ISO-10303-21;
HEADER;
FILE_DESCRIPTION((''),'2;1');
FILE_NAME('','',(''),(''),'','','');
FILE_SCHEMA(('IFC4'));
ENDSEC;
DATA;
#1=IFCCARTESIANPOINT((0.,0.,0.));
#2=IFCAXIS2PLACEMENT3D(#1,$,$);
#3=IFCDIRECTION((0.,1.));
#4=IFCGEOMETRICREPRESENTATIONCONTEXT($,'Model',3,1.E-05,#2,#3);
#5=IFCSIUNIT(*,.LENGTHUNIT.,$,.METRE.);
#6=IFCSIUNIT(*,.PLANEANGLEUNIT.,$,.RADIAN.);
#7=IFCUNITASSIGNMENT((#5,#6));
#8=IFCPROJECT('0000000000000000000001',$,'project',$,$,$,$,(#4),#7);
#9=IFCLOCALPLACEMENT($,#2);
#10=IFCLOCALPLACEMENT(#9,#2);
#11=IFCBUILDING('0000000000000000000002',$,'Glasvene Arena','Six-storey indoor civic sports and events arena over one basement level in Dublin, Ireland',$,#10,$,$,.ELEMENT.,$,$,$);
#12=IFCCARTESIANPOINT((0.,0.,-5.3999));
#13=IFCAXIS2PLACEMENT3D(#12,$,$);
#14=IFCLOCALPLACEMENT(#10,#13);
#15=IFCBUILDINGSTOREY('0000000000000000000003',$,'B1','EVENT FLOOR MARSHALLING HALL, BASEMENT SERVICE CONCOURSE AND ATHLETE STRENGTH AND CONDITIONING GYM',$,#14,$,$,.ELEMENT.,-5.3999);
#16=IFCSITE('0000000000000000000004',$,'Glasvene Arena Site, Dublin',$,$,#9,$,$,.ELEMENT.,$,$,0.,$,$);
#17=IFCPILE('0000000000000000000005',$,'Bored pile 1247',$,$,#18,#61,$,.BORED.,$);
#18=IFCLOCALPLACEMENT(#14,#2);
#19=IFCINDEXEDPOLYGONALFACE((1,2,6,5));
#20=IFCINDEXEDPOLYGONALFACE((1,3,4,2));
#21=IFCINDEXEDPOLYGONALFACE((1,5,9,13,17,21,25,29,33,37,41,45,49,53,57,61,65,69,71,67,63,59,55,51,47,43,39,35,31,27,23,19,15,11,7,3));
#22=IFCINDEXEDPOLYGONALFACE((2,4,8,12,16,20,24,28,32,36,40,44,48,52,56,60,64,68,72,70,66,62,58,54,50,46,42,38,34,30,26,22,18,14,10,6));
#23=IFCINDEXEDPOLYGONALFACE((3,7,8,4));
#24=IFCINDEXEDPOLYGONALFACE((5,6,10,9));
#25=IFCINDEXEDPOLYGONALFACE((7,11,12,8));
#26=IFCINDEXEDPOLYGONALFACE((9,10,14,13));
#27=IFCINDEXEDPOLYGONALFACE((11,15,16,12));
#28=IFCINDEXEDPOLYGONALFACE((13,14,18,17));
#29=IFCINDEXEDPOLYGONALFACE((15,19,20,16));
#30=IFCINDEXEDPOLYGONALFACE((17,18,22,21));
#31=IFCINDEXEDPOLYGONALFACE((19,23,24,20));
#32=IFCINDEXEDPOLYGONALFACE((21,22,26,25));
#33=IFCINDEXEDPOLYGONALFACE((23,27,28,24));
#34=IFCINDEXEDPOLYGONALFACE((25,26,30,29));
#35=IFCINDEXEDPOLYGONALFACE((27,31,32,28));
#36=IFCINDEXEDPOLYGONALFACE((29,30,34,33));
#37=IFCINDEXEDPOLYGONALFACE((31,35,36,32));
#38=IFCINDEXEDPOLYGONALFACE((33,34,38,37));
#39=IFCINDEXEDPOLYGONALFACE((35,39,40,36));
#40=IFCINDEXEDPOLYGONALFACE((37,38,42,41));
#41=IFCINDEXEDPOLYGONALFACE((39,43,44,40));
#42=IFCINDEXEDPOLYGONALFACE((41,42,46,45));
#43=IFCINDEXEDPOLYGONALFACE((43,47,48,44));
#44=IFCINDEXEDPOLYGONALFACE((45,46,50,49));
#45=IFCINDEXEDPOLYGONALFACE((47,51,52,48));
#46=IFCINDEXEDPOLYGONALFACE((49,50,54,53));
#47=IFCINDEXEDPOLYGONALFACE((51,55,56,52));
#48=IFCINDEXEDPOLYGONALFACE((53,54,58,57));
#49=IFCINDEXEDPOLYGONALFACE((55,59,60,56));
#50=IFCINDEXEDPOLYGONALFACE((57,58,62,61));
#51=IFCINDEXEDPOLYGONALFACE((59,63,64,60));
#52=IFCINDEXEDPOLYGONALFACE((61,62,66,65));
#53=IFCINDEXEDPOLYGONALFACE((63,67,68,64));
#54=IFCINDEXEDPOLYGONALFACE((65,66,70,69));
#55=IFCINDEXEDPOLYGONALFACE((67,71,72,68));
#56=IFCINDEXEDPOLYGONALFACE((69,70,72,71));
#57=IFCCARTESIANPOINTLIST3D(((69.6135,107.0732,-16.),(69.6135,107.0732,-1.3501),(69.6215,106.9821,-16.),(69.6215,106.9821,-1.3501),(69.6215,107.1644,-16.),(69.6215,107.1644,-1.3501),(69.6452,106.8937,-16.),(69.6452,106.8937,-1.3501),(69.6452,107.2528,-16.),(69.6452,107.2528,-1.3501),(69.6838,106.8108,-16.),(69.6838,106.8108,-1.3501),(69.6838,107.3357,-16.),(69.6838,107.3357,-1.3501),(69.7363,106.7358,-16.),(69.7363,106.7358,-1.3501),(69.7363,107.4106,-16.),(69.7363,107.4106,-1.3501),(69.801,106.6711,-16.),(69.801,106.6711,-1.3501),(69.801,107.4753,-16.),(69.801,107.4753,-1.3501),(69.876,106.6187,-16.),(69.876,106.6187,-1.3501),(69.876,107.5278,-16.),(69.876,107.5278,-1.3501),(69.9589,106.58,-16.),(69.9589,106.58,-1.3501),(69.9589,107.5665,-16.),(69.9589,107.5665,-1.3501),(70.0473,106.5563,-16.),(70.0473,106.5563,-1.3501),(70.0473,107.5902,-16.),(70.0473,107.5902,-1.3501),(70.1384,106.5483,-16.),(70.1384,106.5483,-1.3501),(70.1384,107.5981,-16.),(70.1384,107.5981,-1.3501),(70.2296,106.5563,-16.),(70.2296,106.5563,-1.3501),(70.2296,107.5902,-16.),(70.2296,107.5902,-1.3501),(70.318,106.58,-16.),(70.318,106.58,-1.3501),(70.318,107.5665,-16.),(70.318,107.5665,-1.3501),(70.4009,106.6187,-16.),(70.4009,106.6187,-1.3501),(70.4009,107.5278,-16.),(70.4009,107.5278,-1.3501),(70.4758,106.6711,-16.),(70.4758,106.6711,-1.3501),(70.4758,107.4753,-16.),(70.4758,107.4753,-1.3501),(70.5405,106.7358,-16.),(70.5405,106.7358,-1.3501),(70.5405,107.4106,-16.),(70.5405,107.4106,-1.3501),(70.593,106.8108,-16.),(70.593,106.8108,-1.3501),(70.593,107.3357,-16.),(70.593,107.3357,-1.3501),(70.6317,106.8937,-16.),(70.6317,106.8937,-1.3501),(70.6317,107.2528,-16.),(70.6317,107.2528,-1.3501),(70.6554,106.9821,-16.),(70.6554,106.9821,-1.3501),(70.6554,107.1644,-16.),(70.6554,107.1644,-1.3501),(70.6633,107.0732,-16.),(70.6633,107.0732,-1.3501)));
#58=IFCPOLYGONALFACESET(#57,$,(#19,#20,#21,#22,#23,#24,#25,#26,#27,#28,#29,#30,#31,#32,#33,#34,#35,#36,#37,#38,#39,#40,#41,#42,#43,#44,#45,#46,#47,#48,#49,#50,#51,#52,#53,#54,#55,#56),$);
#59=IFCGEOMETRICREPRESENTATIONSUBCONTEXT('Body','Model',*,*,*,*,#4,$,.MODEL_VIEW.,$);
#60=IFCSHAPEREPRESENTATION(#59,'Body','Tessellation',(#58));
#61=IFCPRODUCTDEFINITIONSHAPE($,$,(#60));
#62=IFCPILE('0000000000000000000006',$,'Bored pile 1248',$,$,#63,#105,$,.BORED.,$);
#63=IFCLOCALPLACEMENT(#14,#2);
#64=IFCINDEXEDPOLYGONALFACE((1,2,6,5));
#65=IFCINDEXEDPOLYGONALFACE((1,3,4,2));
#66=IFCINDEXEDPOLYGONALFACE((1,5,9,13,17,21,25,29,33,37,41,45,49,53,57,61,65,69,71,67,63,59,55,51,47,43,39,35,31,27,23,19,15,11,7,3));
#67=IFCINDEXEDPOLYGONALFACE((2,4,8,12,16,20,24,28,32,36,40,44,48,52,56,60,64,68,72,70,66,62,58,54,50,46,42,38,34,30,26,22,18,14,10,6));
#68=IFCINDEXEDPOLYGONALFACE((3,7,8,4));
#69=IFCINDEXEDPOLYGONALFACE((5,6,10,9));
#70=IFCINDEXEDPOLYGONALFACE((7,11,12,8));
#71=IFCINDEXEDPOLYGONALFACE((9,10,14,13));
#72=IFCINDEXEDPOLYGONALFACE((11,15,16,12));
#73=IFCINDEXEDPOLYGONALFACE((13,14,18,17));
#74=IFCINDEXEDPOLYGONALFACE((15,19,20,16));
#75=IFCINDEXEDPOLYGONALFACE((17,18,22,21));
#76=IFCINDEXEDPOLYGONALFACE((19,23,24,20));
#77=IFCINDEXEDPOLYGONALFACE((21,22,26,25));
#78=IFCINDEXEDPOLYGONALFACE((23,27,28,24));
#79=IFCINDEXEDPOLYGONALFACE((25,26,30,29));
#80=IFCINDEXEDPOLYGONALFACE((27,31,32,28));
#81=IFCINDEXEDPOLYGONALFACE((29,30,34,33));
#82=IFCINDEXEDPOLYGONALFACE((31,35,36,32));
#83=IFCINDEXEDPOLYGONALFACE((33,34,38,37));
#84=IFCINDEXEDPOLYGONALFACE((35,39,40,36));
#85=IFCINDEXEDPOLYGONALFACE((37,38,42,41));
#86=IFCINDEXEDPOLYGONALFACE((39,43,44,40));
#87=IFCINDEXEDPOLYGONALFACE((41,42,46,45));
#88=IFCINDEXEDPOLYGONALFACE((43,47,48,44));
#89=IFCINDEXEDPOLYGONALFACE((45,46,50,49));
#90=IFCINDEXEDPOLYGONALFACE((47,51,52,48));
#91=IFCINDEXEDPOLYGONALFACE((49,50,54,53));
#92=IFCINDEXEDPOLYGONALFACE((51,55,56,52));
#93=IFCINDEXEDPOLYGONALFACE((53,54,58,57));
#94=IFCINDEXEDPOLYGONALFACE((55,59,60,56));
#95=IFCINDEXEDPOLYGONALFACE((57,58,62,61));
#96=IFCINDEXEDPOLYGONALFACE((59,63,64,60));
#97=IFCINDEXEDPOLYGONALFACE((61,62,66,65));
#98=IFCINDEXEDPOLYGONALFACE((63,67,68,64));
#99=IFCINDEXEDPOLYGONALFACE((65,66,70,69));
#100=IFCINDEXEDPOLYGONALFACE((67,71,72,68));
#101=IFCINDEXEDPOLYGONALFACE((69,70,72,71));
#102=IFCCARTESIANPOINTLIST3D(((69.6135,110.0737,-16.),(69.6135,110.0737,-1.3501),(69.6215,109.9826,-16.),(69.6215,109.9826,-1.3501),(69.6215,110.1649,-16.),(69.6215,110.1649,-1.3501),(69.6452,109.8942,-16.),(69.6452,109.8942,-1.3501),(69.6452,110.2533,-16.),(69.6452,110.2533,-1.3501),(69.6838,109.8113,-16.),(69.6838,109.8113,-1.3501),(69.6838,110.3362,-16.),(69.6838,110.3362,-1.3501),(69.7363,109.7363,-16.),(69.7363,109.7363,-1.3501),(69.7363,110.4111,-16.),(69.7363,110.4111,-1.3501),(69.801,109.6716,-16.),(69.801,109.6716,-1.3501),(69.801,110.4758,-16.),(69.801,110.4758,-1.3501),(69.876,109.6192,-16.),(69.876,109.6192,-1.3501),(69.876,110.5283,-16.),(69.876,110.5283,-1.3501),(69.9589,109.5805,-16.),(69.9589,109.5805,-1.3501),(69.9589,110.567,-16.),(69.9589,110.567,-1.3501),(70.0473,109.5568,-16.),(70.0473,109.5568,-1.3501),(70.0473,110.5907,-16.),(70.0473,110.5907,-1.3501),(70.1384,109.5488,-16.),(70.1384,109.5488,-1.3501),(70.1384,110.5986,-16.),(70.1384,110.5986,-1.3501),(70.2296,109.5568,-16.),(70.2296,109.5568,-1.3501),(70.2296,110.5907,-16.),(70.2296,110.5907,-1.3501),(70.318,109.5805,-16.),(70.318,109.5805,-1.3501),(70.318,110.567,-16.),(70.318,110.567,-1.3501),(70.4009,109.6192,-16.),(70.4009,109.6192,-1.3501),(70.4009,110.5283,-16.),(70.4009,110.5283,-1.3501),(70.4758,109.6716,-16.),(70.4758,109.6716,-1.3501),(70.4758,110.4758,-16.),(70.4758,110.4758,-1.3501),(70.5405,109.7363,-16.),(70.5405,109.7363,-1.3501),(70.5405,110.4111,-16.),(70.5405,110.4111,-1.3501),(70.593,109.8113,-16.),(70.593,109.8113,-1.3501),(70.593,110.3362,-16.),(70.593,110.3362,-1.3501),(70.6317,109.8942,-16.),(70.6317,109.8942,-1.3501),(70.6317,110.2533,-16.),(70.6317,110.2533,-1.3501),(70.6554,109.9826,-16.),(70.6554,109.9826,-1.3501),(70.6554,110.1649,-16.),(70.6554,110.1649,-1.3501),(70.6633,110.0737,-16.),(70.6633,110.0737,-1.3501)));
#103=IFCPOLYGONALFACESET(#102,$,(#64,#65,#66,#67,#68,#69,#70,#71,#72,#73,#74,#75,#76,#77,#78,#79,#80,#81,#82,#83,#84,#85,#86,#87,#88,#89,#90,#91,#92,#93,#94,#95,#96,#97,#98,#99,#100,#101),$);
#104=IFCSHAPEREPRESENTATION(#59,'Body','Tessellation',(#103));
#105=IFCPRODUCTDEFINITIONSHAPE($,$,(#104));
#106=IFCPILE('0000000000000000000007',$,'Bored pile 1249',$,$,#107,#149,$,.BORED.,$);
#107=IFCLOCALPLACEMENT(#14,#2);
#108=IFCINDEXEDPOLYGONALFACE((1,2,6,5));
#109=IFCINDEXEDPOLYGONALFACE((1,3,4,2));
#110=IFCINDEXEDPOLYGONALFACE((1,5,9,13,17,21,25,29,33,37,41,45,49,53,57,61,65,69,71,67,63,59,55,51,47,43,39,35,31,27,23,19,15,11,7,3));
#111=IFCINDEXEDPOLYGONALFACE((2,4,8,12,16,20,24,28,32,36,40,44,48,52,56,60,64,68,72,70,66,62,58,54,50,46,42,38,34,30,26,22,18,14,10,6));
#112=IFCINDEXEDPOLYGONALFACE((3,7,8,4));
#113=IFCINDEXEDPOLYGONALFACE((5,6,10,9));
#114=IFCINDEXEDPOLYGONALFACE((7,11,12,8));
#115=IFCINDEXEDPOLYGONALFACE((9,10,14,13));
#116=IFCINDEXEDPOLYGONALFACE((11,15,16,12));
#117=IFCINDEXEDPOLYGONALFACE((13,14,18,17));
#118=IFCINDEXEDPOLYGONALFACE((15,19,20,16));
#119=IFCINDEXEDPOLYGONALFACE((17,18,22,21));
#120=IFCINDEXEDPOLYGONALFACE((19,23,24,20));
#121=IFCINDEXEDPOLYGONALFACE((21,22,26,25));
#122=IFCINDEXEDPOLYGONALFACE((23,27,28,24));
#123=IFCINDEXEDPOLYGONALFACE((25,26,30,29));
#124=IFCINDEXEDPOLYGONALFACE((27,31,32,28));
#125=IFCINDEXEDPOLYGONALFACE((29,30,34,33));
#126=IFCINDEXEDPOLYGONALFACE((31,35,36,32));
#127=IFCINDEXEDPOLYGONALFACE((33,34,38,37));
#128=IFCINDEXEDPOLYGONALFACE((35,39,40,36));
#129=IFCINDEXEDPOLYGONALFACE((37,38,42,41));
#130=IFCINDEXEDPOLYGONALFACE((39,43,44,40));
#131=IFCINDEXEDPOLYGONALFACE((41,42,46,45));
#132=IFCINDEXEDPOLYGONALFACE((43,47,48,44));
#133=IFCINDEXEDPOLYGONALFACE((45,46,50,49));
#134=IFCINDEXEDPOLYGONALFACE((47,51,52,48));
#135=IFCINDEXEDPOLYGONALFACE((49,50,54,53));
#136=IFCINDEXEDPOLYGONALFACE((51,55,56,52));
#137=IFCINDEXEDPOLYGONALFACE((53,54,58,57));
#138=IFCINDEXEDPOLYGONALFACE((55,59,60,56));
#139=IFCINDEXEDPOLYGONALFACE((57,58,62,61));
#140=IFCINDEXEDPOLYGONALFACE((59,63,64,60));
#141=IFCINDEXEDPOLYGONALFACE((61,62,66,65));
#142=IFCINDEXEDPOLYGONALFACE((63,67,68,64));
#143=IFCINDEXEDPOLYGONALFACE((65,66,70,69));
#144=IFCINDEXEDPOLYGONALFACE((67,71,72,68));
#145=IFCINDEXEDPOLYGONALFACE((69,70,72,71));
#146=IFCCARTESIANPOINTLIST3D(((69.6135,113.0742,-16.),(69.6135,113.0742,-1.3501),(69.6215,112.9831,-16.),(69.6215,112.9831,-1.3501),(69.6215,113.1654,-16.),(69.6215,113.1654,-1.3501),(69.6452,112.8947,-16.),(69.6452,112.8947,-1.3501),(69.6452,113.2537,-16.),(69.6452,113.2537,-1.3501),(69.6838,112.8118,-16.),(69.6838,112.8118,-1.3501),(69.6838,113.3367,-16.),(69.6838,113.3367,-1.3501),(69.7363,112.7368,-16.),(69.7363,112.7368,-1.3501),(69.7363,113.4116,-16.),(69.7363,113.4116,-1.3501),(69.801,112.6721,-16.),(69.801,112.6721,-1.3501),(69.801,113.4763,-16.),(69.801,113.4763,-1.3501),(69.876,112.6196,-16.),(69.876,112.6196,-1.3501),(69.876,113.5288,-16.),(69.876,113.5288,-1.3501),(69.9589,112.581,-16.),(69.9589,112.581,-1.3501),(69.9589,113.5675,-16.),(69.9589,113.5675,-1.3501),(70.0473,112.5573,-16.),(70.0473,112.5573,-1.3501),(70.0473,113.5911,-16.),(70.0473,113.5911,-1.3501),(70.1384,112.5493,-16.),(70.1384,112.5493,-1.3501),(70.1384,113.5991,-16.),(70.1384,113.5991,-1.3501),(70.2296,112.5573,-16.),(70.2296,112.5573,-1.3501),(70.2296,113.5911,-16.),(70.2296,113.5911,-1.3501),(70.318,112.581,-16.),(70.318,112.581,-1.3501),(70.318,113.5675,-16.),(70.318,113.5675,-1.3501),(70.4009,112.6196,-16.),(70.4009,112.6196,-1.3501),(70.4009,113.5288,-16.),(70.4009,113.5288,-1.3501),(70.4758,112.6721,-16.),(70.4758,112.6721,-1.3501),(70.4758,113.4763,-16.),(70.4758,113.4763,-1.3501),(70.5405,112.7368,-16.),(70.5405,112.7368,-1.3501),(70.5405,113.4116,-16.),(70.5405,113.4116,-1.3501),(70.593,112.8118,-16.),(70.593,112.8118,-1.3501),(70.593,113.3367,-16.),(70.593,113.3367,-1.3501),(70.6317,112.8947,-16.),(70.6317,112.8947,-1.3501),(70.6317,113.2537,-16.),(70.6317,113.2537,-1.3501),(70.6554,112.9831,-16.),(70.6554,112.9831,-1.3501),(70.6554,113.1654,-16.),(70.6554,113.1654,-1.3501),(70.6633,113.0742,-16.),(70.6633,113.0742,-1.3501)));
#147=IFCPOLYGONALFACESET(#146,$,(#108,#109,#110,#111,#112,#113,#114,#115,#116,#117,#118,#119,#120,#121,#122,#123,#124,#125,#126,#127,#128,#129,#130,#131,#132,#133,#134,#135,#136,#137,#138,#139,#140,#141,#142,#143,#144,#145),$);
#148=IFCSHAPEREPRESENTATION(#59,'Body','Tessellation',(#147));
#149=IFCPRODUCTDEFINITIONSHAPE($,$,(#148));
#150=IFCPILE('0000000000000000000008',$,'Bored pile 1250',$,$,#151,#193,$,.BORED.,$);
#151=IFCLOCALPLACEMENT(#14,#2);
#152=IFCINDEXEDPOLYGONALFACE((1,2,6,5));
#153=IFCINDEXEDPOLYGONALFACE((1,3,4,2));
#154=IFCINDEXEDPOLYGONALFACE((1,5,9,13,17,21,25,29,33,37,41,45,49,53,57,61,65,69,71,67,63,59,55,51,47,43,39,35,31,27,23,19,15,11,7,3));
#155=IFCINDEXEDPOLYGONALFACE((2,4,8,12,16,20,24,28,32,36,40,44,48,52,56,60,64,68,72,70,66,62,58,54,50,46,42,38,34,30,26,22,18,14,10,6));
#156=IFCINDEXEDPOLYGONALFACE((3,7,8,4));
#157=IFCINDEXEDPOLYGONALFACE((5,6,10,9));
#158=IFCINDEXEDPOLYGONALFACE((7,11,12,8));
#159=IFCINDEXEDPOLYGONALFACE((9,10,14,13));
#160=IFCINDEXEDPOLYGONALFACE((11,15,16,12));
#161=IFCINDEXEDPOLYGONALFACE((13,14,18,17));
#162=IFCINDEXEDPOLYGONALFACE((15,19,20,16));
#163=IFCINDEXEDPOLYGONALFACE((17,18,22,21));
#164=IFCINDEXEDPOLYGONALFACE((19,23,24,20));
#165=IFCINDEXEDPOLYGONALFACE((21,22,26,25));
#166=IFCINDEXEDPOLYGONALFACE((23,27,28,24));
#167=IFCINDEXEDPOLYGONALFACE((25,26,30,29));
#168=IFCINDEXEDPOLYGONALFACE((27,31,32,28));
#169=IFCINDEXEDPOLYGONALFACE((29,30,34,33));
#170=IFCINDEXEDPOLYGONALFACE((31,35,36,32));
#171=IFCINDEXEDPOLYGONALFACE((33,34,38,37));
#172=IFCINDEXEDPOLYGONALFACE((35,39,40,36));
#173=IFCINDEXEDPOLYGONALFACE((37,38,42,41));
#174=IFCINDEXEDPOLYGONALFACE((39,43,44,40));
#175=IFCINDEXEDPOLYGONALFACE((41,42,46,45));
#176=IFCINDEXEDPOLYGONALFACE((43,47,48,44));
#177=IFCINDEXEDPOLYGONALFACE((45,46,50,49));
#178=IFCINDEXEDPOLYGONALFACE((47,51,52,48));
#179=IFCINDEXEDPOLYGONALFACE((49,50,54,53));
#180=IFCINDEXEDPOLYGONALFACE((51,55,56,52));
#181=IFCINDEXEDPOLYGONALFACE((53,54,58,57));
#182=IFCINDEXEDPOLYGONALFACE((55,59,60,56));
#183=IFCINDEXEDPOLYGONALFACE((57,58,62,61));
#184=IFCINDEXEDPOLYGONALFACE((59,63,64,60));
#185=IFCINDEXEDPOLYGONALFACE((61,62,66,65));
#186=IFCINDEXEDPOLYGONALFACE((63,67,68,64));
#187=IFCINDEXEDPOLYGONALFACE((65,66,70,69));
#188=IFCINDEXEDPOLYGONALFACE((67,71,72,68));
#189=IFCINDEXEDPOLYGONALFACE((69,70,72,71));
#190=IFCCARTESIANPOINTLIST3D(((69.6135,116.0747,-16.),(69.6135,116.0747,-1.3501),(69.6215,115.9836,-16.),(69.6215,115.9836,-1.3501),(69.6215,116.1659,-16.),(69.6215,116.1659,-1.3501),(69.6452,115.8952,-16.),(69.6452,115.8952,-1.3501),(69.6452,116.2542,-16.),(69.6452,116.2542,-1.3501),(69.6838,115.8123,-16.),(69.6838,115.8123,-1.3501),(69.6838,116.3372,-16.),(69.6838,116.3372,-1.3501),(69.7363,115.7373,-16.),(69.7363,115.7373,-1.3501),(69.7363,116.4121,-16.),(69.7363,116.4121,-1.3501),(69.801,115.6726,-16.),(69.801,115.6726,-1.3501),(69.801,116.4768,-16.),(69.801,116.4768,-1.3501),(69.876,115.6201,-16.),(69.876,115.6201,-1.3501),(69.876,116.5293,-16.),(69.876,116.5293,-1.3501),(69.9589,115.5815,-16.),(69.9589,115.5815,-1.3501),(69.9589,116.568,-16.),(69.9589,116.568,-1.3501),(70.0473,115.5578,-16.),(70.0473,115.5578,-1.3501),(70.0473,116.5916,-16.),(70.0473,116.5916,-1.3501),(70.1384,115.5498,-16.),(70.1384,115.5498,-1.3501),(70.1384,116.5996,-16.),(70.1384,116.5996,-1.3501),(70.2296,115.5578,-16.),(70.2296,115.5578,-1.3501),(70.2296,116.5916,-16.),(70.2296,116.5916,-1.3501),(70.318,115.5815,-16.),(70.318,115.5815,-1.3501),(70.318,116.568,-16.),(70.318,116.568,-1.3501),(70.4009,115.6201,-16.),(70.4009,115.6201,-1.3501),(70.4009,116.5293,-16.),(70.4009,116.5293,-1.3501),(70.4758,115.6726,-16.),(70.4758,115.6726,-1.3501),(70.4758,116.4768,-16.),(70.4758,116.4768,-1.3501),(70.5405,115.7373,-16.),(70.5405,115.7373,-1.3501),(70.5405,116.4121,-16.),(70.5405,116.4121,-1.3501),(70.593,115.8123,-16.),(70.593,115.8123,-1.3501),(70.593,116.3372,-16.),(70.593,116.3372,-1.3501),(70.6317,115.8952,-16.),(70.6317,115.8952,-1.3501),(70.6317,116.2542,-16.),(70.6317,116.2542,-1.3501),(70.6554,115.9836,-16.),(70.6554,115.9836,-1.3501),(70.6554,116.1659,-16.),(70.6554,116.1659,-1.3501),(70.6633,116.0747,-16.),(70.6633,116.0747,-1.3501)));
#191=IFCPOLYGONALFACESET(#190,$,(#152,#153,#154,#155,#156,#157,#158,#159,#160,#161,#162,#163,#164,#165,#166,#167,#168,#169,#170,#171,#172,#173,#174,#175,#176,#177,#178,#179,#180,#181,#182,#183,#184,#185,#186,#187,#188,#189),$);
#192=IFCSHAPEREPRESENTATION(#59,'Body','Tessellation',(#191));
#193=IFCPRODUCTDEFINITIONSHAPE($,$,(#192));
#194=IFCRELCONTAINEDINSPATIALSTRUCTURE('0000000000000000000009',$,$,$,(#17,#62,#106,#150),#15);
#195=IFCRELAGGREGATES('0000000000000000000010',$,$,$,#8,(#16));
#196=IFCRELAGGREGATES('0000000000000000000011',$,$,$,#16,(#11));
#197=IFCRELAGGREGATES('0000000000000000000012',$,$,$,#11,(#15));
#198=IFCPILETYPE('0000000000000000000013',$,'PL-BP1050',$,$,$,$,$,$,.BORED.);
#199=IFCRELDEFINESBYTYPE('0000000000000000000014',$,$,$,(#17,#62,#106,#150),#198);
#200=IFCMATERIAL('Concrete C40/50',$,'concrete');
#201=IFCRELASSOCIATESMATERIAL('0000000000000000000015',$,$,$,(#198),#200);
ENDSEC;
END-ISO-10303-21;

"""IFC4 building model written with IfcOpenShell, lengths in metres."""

from ifc_helpers import new_model, si_unit, direction, frame, origin, origin_2d, place, context, subcontext, project, spatial, circle, extrude, material, material_profile, profile_set, type_object, element, save


model = new_model("IFC4")

# Units and contexts
model_context = context("Model", 3, precision=1e-05, world=origin(), true_north=direction((0.0, 1.0)))
body_context = subcontext(model_context, "Body", "Model", "MODEL_VIEW")
ifc_project = project(units=[si_unit("LENGTHUNIT", "METRE"), si_unit("PLANEANGLEUNIT", "RADIAN")], contexts=[model_context])

# Site, building, storey
site_placement = place(None, origin())
site = spatial("IfcSite", under=ifc_project, at=site_placement, Name="Glasvene Arena Site, Dublin", CompositionType="ELEMENT", RefElevation=0.0)
building_placement = place(site_placement, origin())
building = spatial("IfcBuilding", under=site, at=building_placement, Name="Glasvene Arena", Description="Six-storey indoor civic sports and events arena over one basement level in Dublin, Ireland", CompositionType="ELEMENT")
storey_placement = place(building_placement, frame((0.0, 0.0, -5.3999)))
storey = spatial("IfcBuildingStorey", under=building, at=storey_placement, Name="B1", Description="EVENT FLOOR MARSHALLING HALL, BASEMENT SERVICE CONCOURSE AND ATHLETE STRENGTH AND CONDITIONING GYM", CompositionType="ELEMENT", Elevation=-5.3999)

# Piles
ifc_material_1 = material(Name="Concrete C40/50", Category="concrete")
ifc_material_profile_1 = material_profile(ifc_material_1, circle(Radius=0.5249, at=origin_2d()), Name="BORED PILE 1050")
ifc_profile_set_1 = profile_set([ifc_material_profile_1], Name="Concrete C40/50")
pile_type = type_object("IfcPileType", Name="PL-BP1050", PredefinedType="BORED", material=ifc_profile_set_1)
for number, where, z_axis, x_axis, name in (
    (1, (70.1384, 107.0732, -1.3501), (0.0, 0.0, -1.0), (1.0, 0.0, 0.0), "Bored pile 1247"),
    (2, (70.1384, 110.0737, -1.3501), (0.0, 0.0, -1.0), (1.0, 0.0, 0.0), "Bored pile 1248"),
    (3, (70.1384, 113.0742, -1.3501), (0.0, 0.0, -1.0), (1.0, 0.0, 0.0), "Bored pile 1249"),
    (4, (70.1384, 116.0747, -1.3501), (0.0, 0.0, -1.0), (1.0, 0.0, 0.0), "Bored pile 1250"),
):
    element("IfcPile", number, at=place(storey_placement, frame(where, z_axis=z_axis, x_axis=x_axis)), inside=storey, type_object=pile_type, Name=name, PredefinedType="BORED", context=body_context, shape_type="SweptSolid", body=[
        extrude(circle(Radius=0.5249, at=origin_2d()), origin(), (0.0, 0.0, 1.0), 14.6499),
    ])

save(model, "model.ifc")
